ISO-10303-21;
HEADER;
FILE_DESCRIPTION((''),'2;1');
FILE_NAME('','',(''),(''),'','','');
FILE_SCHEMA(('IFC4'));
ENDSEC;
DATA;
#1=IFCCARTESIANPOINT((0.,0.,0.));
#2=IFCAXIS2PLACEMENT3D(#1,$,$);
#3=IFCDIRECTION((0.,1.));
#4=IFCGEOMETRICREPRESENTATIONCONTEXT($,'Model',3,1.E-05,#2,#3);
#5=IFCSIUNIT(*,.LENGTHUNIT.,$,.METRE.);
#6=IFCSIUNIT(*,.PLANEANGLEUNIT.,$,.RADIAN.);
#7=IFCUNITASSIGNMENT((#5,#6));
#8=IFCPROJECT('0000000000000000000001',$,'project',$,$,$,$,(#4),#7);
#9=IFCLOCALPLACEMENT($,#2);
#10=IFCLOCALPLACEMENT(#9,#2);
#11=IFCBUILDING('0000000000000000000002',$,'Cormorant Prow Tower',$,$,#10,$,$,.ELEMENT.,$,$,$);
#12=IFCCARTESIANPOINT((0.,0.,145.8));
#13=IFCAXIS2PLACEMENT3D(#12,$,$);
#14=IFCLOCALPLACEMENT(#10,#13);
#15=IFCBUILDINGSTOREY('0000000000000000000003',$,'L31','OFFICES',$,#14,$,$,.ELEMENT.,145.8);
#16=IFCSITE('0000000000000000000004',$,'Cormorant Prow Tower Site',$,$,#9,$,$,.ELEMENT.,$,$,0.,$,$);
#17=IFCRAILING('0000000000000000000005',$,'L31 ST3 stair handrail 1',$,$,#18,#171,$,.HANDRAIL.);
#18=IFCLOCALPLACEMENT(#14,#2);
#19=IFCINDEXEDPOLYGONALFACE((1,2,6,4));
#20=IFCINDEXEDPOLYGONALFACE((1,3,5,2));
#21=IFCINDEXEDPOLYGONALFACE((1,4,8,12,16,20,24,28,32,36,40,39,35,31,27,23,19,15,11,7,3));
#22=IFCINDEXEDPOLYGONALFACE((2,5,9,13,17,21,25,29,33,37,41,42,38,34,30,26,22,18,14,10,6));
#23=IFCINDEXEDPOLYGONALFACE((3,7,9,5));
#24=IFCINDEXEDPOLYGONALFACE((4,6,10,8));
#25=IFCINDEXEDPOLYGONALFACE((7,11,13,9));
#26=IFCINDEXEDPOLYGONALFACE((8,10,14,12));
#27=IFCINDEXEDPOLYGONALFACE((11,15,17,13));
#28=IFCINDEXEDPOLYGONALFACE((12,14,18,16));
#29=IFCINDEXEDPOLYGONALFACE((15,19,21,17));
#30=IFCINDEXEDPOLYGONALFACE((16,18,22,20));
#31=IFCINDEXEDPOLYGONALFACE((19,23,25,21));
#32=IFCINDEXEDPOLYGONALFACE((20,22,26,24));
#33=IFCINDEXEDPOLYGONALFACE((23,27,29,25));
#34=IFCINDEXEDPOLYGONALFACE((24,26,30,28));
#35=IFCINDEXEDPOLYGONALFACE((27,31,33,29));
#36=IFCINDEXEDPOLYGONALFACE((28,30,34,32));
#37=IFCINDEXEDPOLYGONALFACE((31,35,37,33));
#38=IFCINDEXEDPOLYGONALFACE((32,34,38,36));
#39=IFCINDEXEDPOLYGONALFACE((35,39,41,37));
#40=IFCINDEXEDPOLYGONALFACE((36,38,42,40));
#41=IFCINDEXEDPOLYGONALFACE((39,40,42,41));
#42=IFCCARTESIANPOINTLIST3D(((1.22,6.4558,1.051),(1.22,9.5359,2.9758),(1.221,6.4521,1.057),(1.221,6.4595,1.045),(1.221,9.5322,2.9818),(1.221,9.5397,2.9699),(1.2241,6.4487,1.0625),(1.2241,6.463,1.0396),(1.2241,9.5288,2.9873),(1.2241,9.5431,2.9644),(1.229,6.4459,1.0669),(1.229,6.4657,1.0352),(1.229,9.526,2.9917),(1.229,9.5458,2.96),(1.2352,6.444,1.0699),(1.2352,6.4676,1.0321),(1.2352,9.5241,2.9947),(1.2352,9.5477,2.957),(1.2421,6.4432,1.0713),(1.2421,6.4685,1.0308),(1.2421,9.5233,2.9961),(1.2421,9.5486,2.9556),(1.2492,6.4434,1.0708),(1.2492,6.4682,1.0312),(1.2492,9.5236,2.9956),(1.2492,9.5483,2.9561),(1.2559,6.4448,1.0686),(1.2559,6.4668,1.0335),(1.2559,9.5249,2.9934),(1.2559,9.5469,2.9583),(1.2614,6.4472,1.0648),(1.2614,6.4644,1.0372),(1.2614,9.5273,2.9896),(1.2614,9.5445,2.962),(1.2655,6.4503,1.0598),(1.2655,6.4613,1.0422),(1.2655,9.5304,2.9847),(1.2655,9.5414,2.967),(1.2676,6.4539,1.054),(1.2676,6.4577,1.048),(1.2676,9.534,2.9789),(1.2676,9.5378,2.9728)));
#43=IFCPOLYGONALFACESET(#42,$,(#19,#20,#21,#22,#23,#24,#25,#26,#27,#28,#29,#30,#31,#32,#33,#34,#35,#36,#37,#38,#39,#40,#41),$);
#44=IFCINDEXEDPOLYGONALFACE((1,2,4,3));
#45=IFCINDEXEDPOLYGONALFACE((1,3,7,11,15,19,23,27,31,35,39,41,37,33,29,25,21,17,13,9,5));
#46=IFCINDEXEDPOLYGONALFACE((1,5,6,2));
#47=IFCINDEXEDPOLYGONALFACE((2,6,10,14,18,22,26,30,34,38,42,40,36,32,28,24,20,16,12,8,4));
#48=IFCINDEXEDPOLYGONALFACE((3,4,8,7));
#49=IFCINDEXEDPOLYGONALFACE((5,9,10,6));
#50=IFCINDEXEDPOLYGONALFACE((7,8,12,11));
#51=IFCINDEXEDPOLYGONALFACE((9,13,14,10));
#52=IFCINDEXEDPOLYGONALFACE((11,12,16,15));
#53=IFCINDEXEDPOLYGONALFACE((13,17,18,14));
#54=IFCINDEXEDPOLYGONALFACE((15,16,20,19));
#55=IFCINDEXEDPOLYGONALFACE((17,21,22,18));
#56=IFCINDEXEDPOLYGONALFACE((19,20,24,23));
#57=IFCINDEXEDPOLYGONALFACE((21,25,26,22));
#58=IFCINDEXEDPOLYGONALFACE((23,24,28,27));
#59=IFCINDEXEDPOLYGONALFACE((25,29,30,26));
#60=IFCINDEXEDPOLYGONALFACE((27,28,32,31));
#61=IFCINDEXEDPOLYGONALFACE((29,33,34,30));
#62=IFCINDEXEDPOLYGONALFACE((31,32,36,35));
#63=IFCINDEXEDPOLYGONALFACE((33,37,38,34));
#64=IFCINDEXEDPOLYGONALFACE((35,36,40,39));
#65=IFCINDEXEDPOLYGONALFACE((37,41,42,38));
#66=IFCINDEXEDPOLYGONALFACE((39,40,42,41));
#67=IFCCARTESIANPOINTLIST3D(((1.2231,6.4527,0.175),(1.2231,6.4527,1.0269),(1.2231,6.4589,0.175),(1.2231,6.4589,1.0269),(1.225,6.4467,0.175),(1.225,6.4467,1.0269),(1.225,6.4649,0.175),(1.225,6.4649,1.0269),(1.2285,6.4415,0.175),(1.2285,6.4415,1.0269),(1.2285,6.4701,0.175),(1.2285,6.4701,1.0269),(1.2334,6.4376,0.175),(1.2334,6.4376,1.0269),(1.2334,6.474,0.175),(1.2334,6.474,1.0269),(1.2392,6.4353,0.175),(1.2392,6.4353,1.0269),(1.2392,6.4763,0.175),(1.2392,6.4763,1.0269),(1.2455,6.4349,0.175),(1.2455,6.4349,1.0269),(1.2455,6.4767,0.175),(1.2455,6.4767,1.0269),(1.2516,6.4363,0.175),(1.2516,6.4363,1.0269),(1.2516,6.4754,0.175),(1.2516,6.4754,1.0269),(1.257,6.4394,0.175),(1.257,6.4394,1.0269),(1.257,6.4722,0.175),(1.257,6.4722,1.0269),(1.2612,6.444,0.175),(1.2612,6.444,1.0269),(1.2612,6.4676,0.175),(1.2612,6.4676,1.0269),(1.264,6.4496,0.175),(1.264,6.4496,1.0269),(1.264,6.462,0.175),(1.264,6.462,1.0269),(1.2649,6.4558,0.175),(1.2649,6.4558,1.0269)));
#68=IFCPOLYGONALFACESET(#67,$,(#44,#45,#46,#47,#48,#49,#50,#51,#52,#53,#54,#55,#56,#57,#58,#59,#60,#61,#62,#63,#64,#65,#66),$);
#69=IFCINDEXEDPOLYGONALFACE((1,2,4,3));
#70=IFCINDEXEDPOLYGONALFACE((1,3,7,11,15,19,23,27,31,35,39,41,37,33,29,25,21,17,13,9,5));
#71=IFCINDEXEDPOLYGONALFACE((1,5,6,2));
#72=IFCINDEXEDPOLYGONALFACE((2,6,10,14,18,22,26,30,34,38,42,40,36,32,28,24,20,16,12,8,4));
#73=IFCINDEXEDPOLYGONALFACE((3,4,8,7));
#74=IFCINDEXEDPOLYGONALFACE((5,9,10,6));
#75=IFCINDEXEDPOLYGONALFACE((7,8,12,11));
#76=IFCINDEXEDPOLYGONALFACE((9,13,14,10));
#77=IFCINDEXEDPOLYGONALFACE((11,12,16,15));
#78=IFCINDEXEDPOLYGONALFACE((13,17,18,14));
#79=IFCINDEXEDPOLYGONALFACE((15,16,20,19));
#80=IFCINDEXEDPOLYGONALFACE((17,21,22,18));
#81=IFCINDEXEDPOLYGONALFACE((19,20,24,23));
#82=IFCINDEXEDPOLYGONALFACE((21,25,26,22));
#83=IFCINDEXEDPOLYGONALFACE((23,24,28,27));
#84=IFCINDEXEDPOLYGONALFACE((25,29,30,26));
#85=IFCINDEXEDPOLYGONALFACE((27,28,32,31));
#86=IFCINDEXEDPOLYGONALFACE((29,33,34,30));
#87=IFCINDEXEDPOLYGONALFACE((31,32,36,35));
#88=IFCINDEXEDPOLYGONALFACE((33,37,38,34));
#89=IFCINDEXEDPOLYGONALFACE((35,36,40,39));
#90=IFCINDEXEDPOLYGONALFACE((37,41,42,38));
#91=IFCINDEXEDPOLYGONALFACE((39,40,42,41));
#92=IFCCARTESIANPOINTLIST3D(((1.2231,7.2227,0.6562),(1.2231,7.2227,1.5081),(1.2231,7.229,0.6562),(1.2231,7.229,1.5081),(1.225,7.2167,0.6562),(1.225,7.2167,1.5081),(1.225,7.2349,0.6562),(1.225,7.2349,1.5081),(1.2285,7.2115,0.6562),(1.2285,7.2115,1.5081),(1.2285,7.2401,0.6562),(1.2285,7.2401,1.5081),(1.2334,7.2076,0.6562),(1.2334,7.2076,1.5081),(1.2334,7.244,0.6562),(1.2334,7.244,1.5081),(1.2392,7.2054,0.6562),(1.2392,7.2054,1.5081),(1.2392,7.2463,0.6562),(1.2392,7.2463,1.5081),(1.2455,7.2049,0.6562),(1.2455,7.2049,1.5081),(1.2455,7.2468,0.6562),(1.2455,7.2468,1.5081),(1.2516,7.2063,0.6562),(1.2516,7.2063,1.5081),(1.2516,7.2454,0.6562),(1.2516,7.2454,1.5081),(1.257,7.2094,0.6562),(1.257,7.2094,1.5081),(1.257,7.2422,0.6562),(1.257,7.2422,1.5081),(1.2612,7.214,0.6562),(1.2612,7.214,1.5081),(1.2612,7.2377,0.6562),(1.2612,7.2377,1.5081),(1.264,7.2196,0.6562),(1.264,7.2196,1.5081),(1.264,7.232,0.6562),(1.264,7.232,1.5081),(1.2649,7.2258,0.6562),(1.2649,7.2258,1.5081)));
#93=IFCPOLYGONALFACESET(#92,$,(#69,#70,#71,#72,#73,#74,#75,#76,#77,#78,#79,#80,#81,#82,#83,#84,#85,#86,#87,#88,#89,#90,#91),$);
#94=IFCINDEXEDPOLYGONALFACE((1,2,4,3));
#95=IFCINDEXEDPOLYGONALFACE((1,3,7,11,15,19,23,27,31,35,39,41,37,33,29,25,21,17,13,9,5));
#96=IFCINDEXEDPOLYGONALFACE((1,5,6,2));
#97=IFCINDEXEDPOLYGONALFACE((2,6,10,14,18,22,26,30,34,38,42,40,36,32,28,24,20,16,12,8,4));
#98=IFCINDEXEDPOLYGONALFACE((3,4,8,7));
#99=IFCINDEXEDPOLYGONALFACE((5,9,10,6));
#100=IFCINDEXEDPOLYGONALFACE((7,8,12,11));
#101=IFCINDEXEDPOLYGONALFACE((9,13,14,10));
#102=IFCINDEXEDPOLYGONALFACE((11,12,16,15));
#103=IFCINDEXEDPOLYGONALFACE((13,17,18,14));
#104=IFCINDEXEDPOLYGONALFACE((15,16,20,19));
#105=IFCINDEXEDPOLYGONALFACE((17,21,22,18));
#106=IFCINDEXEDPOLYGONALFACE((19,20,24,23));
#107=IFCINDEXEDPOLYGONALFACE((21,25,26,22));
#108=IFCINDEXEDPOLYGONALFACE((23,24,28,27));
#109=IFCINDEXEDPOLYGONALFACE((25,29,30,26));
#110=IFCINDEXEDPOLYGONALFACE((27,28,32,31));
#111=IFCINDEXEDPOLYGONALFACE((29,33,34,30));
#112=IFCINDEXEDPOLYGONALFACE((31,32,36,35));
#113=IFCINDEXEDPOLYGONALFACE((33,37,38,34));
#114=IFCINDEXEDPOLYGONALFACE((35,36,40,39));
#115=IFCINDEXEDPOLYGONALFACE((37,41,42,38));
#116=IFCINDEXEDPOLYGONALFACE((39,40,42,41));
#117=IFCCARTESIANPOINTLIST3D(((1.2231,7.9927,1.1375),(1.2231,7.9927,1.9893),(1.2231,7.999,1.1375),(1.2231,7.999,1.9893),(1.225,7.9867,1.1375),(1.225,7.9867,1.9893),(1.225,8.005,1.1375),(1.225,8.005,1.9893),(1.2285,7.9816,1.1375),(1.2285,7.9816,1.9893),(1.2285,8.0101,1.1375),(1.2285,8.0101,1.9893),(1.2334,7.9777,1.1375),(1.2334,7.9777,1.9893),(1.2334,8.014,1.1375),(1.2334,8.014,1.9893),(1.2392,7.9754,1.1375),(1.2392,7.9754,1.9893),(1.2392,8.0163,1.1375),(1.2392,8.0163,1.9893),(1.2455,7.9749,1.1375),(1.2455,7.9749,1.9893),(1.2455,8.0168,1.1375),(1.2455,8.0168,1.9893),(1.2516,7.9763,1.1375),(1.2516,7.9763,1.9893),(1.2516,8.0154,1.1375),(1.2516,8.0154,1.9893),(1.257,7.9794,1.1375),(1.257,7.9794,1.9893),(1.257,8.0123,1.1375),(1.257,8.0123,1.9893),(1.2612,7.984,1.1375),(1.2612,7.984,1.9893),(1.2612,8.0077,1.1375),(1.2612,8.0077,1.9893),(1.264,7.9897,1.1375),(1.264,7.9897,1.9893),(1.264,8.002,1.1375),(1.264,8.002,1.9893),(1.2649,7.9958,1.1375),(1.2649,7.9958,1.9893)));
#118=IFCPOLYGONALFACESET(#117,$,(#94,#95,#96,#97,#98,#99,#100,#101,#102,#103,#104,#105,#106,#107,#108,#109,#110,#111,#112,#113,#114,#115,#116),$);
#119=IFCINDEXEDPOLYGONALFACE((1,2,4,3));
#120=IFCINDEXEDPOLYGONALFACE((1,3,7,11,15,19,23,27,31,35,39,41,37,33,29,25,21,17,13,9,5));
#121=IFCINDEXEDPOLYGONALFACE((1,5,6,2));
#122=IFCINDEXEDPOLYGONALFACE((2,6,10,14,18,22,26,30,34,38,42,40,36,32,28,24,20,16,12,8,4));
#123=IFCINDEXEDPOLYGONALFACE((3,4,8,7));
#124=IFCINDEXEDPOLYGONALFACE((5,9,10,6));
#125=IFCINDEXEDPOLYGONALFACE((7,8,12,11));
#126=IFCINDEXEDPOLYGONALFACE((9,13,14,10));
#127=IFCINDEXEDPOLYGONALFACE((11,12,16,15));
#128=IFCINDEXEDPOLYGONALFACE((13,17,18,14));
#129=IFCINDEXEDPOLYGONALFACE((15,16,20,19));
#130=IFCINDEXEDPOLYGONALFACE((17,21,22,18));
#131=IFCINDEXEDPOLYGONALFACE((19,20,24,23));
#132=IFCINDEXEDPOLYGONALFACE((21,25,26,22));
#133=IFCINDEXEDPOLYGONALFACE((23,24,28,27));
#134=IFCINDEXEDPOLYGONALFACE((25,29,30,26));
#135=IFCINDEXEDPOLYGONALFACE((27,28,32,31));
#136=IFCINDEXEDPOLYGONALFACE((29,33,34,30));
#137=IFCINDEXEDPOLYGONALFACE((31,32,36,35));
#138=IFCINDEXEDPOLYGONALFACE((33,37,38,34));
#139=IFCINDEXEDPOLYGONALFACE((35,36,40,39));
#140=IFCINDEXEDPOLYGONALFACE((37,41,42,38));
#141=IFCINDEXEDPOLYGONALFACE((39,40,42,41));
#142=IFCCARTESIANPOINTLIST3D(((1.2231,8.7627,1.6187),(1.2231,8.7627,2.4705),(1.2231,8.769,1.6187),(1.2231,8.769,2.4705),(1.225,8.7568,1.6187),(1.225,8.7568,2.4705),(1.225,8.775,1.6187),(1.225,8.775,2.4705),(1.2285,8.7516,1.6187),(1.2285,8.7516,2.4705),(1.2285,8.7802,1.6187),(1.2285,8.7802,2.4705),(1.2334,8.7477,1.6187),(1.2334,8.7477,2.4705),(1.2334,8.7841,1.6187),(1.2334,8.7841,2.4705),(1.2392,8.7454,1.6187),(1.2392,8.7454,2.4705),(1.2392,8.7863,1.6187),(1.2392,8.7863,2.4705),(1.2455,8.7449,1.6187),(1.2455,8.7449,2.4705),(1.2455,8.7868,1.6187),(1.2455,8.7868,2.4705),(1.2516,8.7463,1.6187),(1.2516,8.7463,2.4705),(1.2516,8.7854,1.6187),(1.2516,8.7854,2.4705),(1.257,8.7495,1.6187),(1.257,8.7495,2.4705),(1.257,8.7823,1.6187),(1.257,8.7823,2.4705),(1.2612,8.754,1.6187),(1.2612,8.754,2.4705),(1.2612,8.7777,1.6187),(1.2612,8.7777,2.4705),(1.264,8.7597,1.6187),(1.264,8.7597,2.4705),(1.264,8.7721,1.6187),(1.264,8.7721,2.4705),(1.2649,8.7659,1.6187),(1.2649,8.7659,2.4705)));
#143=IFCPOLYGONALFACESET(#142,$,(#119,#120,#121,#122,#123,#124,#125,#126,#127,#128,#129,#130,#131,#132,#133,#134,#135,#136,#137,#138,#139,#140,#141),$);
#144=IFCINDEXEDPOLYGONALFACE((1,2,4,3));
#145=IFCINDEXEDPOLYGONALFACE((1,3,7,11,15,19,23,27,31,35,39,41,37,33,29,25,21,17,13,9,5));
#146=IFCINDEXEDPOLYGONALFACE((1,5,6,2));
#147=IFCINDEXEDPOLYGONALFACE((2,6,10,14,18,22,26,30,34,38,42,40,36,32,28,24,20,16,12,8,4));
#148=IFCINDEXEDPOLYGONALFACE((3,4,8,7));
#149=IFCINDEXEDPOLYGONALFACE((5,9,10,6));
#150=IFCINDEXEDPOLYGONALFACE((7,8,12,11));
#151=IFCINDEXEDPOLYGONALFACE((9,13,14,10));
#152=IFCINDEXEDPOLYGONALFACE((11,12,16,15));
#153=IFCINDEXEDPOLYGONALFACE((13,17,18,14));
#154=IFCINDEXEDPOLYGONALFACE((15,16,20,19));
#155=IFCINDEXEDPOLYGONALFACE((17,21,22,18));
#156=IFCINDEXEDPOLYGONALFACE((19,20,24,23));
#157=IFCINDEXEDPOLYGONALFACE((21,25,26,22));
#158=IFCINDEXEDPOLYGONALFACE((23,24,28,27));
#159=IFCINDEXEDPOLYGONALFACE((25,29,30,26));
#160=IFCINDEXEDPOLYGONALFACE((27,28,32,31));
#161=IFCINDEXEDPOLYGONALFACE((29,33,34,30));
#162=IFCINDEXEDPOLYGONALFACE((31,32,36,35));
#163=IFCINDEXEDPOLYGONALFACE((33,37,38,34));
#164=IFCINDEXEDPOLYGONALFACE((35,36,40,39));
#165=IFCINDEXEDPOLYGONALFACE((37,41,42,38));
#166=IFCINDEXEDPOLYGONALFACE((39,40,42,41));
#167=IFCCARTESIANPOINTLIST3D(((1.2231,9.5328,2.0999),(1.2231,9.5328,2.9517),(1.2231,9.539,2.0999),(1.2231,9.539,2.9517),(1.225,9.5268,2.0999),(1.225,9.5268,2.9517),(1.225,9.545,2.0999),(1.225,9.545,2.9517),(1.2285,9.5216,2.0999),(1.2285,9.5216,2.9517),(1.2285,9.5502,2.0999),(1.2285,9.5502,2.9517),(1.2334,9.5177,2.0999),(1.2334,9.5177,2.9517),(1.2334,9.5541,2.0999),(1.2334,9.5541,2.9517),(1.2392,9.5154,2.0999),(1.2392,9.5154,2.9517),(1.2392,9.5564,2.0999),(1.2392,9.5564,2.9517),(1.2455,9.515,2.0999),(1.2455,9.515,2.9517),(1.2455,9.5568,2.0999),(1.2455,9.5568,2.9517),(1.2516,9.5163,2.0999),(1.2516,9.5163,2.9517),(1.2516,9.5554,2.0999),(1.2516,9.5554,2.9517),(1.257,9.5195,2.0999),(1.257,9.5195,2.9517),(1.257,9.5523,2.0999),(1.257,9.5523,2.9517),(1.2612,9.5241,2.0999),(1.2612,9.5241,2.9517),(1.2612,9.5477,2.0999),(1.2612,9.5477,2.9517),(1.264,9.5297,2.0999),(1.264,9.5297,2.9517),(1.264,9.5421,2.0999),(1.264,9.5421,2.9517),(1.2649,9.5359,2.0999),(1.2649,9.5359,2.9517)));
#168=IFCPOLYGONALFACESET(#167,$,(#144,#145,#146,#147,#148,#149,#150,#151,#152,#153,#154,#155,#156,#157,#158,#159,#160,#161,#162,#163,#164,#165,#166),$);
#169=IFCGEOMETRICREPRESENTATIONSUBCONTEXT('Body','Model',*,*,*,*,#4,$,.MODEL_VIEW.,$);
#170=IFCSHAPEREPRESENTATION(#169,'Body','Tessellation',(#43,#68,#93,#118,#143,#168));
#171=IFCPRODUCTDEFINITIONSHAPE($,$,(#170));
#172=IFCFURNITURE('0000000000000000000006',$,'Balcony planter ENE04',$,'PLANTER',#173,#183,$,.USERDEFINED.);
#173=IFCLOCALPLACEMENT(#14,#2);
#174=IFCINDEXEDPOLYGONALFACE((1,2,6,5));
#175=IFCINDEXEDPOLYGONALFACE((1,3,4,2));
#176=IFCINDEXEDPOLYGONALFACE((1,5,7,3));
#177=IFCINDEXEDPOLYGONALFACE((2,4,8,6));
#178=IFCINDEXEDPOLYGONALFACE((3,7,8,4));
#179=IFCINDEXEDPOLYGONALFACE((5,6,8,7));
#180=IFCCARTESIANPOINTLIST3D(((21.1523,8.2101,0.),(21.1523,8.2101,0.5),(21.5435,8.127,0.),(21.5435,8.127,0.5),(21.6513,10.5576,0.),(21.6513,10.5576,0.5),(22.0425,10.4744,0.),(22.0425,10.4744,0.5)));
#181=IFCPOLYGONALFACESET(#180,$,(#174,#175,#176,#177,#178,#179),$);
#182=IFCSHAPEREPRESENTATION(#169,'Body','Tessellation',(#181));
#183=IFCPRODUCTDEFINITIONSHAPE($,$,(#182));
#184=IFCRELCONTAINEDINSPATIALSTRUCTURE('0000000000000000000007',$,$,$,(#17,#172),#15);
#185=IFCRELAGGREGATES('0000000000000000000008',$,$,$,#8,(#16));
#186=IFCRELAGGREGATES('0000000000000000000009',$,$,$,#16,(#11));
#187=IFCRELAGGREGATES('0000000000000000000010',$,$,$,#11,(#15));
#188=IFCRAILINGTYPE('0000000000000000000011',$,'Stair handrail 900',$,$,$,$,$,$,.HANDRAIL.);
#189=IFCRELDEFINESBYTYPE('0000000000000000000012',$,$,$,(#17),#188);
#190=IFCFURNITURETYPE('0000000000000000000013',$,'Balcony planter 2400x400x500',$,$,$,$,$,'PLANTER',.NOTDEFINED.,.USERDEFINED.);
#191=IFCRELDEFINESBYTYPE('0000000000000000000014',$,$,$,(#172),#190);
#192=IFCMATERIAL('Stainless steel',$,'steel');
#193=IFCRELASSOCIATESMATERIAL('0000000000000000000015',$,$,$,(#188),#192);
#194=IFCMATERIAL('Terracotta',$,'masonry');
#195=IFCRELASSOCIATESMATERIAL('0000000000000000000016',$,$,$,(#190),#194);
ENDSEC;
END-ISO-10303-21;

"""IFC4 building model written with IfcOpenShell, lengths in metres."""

from ifc_helpers import new_model, si_unit, direction, frame, origin, origin_2d, place, context, subcontext, project, spatial, rectangle, circle, extrude, material, type_object, element, save


model = new_model("IFC4")

# Units and contexts
model_context = context("Model", 3, precision=1e-05, world=origin(), true_north=direction((0.0, 1.0)))
body_context = subcontext(model_context, "Body", "Model", "MODEL_VIEW")
ifc_project = project(units=[si_unit("LENGTHUNIT", "METRE"), si_unit("PLANEANGLEUNIT", "RADIAN")], contexts=[model_context])

# Site, building, storey
site_placement = place(None, origin())
site = spatial("IfcSite", under=ifc_project, at=site_placement, Name="Cormorant Prow Tower Site", CompositionType="ELEMENT", RefElevation=0.0)
building_placement = place(site_placement, origin())
building = spatial("IfcBuilding", under=site, at=building_placement, Name="Cormorant Prow Tower", CompositionType="ELEMENT")
storey_placement = place(building_placement, frame((0.0, 0.0, 145.8)))
storey = spatial("IfcBuildingStorey", under=building, at=storey_placement, Name="L31", Description="OFFICES", CompositionType="ELEMENT", Elevation=145.8)

# Railing
ifc_material_1 = material(Name="Stainless steel", Category="steel")
railing_type = type_object("IfcRailingType", Name="Stair handrail 900", PredefinedType="HANDRAIL", material=ifc_material_1)
railing_placement = place(storey_placement, frame((1.2439, 6.4558, 0.175)))
element("IfcRailing", 1, at=railing_placement, inside=storey, type_object=railing_type, Name="L31 ST3 stair handrail 1", PredefinedType="HANDRAIL", context=body_context, shape_type="SweptSolid", body=[
    extrude(circle(Radius=0.0239, at=origin_2d()), frame((0.0, 0.0, 0.876), z_axis=(0.0, 0.848029, 0.529951), x_axis=(-1.0, 0.0, 0.0)), (0.0, 0.0, 1.0), 3.6321),
    extrude(circle(Radius=0.021, at=origin_2d()), origin(), (0.0, 0.0, 1.0), 0.8518),
    extrude(circle(Radius=0.021, at=origin_2d()), frame((0.0, 0.77, 0.4812)), (0.0, 0.0, 1.0), 0.8518),
    extrude(circle(Radius=0.021, at=origin_2d()), frame((0.0, 1.54, 0.9624)), (0.0, 0.0, 1.0), 0.8518),
    extrude(circle(Radius=0.021, at=origin_2d()), frame((0.0, 2.3101, 1.4436)), (0.0, 0.0, 1.0), 0.8518),
    extrude(circle(Radius=0.021, at=origin_2d()), frame((0.0, 3.0801, 1.9248)), (0.0, 0.0, 1.0), 0.8518),
])

# Furniture
ifc_material_2 = material(Name="Terracotta", Category="masonry")
furniture_type = type_object("IfcFurnitureType", Name="Balcony planter 2400x400x500", ElementType="PLANTER", AssemblyPlace="NOTDEFINED", PredefinedType="USERDEFINED", material=ifc_material_2)
furniture_placement = place(storey_placement, frame((21.5974, 9.3423, 0.0), z_axis=(0.0, 0.0, 1.0), x_axis=(0.207912, 0.978148, 0.0)))
element("IfcFurniture", 2, at=furniture_placement, inside=storey, type_object=furniture_type, Name="Balcony planter ENE04", ObjectType="PLANTER", PredefinedType="USERDEFINED", context=body_context, shape_type="SweptSolid", body=[
    extrude(rectangle(XDim=2.3999, YDim=0.3999, at=origin_2d()), origin(), (0.0, 0.0, 1.0), 0.5),
])

save(model, "model.ifc")
